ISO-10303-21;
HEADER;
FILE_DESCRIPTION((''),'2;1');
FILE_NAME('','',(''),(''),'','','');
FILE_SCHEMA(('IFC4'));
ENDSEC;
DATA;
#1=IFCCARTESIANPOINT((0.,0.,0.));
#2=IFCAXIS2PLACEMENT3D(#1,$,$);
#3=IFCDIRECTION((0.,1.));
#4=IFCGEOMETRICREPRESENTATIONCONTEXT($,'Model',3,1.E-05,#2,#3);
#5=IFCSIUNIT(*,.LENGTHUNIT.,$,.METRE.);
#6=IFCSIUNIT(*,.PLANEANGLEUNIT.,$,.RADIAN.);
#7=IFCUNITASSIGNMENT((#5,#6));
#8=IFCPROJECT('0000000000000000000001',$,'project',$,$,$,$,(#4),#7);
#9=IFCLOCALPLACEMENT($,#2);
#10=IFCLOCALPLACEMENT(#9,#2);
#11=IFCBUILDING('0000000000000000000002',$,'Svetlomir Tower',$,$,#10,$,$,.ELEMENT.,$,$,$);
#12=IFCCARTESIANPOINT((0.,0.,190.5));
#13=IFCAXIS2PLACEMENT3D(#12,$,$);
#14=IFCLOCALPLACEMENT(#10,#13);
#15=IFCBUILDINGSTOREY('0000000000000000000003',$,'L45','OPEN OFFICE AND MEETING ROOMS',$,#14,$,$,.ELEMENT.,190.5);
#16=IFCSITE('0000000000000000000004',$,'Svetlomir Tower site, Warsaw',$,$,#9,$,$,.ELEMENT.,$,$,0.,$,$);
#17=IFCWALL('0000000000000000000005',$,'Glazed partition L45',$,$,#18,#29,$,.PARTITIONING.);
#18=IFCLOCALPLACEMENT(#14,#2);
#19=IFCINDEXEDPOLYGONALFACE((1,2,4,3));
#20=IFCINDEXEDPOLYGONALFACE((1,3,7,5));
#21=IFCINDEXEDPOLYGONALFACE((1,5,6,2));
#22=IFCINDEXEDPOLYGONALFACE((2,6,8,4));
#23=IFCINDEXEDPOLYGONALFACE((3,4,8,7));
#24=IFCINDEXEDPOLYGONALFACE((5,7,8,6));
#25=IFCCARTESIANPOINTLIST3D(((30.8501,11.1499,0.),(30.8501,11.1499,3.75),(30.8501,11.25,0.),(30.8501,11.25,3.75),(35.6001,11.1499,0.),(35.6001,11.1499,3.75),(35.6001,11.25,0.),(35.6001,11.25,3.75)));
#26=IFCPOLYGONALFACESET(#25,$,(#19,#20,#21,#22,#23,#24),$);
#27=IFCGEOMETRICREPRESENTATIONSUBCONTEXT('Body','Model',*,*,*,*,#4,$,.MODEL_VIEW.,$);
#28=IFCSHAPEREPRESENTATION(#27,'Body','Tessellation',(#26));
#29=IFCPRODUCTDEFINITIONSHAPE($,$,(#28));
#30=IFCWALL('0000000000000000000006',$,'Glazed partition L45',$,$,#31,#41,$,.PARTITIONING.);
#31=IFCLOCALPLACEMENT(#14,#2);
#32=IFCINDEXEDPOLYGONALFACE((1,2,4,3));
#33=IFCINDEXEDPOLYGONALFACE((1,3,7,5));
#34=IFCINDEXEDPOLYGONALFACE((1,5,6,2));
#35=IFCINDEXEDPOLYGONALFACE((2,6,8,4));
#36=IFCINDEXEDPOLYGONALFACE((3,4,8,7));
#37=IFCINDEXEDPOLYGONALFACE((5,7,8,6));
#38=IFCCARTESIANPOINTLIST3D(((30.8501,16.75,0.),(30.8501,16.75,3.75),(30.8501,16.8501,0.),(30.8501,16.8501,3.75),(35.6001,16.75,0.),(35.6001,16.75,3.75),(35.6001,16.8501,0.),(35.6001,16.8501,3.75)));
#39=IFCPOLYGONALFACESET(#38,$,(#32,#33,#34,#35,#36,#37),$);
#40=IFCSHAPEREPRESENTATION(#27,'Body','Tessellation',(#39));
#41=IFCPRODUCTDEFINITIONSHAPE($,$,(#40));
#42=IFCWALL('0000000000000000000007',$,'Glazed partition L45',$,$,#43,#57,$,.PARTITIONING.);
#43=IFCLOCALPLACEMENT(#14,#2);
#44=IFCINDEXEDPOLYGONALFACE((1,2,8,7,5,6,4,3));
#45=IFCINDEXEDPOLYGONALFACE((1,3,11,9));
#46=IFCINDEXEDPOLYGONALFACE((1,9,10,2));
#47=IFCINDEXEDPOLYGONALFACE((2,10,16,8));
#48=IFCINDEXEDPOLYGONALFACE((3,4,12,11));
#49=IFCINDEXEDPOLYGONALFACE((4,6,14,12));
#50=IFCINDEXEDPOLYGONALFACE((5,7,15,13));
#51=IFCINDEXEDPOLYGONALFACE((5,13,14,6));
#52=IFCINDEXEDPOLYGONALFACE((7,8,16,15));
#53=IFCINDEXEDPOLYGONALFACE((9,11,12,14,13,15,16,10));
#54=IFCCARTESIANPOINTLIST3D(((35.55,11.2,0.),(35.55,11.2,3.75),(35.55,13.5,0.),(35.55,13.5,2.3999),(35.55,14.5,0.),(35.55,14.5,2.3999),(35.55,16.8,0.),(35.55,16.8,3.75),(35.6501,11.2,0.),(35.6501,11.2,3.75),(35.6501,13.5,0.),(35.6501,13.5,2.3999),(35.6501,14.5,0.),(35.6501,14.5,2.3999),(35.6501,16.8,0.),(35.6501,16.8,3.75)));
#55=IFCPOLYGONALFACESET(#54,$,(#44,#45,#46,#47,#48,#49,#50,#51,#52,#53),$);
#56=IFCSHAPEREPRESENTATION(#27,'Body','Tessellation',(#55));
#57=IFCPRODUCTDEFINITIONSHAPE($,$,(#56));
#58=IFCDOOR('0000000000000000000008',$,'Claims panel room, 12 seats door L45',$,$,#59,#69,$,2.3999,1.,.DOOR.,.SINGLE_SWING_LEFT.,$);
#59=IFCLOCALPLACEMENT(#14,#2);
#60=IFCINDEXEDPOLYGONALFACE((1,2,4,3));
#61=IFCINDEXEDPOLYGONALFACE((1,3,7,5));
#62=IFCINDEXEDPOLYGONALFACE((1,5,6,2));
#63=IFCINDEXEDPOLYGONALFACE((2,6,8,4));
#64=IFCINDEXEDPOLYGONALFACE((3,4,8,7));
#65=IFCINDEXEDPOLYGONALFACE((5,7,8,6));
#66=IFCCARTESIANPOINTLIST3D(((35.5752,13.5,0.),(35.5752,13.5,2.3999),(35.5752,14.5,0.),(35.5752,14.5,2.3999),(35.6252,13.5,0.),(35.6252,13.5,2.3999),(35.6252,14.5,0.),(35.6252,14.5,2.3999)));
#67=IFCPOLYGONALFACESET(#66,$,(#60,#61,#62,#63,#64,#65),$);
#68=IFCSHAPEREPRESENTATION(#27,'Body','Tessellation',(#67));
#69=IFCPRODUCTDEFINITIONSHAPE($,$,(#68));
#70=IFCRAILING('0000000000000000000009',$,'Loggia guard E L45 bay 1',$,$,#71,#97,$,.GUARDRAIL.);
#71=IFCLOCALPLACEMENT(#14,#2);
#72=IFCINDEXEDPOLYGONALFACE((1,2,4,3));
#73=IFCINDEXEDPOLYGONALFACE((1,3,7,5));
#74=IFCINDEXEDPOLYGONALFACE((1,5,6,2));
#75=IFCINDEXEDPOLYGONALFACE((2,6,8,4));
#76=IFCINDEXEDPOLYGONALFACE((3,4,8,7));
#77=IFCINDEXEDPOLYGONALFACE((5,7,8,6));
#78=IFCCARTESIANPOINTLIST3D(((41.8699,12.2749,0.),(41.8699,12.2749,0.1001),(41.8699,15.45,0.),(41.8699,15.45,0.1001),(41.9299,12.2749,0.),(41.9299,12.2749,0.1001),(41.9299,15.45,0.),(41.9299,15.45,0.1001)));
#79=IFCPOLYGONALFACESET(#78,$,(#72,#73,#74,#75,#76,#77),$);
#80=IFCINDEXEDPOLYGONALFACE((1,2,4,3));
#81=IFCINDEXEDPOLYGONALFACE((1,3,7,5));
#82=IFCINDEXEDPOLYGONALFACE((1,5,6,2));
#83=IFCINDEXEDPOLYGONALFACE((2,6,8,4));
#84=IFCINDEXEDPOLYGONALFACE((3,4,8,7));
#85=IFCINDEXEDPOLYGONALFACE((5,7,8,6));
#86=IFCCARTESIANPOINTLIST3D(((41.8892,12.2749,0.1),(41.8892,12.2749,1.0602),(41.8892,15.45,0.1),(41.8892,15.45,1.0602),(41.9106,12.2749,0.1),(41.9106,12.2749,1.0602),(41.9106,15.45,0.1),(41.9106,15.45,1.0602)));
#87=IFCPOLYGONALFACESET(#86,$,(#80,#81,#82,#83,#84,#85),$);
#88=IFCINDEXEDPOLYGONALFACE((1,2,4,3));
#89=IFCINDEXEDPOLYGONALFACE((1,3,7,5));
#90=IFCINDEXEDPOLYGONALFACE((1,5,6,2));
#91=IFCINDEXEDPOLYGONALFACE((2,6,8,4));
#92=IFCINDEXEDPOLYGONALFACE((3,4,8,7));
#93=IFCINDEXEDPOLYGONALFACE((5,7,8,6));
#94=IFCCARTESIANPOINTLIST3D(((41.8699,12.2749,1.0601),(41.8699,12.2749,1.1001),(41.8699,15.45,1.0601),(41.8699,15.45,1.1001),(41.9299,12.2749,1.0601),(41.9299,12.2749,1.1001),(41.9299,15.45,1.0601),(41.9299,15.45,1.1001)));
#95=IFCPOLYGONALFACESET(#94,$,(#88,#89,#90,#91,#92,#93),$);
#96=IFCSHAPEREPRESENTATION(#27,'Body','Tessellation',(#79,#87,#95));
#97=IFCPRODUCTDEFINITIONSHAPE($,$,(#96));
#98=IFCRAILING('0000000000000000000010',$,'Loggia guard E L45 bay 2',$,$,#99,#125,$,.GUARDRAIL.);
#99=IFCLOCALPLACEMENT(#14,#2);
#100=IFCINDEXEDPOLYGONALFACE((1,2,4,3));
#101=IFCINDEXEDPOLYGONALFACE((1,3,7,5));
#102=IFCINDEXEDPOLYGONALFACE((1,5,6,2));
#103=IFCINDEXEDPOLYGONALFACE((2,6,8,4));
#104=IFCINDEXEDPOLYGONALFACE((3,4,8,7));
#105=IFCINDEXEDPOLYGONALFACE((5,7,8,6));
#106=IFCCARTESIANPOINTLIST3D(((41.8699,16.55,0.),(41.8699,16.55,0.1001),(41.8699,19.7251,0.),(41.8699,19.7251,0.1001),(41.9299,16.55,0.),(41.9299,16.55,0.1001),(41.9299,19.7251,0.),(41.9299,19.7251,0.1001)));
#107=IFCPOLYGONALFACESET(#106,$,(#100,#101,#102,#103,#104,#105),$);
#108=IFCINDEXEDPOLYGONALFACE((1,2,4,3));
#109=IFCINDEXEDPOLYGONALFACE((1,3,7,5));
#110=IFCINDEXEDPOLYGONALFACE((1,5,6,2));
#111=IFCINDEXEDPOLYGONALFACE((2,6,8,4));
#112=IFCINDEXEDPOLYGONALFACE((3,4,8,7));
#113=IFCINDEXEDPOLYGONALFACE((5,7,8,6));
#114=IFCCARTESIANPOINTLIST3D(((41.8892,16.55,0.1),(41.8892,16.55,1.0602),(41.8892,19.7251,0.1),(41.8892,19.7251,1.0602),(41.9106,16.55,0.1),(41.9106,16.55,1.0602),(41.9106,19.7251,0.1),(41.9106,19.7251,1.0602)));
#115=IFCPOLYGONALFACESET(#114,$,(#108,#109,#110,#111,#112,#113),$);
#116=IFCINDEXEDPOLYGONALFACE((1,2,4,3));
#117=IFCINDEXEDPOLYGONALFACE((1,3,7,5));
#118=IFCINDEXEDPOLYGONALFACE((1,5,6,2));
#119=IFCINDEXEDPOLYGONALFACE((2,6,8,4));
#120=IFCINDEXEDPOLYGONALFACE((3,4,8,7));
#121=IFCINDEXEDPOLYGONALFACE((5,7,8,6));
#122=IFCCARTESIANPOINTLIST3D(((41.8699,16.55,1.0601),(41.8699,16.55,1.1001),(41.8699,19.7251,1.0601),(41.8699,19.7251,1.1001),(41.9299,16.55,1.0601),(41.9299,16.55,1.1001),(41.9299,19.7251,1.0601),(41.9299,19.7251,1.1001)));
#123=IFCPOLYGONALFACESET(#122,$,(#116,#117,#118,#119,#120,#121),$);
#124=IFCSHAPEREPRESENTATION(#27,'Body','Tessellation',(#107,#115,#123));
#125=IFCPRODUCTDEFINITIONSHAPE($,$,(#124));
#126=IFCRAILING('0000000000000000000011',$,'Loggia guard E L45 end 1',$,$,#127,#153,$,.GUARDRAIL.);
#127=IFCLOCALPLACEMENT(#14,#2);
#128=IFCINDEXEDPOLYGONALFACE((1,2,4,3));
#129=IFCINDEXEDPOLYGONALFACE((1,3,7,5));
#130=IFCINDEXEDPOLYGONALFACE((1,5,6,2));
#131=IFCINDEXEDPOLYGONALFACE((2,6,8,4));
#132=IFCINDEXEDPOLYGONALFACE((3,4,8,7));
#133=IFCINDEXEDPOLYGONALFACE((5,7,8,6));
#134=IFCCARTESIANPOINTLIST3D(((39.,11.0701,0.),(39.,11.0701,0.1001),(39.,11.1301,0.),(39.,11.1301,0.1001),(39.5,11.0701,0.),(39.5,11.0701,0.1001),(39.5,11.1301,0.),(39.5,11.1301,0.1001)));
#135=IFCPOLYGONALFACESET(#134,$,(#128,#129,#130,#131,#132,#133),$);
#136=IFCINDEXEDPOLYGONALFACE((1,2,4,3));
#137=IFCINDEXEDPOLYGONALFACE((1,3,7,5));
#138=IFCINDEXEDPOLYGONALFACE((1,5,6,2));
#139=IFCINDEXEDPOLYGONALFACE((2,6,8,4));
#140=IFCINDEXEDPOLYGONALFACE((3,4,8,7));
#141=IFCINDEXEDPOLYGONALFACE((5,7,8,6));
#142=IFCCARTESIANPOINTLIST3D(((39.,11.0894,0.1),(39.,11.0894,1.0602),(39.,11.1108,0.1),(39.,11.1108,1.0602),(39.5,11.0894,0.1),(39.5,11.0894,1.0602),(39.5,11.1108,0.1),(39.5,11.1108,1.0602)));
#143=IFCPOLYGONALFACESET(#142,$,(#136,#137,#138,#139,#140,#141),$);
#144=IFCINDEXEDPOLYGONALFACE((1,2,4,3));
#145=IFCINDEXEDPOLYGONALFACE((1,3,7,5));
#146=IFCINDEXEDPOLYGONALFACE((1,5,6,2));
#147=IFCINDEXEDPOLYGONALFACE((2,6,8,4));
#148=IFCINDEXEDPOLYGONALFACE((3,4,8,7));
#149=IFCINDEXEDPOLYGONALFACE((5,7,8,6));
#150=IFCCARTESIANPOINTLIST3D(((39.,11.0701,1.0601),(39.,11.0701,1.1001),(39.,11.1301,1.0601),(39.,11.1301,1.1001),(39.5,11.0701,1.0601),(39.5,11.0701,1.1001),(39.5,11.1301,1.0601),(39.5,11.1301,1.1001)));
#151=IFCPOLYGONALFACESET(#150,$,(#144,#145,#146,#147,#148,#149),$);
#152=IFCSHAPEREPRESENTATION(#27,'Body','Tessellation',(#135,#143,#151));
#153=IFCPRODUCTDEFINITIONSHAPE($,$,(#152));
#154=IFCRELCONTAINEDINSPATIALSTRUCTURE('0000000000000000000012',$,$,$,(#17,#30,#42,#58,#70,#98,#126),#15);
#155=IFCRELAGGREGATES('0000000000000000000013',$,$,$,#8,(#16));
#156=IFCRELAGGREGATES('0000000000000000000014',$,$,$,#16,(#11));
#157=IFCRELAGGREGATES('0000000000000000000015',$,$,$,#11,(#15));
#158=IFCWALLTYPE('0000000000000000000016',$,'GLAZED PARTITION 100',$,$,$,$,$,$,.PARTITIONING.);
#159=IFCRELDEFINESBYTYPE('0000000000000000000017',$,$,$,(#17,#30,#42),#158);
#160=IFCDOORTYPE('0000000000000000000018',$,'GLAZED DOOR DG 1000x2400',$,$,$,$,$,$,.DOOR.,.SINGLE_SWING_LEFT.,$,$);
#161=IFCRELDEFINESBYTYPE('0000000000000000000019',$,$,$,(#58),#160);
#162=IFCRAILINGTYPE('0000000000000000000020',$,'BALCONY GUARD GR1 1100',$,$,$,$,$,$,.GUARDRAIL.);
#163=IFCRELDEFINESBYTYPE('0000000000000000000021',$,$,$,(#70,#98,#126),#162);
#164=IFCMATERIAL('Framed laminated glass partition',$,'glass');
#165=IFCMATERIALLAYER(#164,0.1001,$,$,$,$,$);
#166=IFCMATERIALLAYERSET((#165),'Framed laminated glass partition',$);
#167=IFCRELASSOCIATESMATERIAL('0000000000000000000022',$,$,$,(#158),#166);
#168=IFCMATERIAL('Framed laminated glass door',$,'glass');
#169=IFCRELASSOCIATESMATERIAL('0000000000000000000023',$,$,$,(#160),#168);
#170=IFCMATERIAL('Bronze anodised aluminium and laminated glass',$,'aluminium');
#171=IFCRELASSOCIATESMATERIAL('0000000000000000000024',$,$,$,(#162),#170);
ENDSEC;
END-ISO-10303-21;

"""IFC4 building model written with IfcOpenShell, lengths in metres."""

from ifc_helpers import new_model, si_unit, direction, frame, frame_2d, origin, origin_2d, place, context, subcontext, project, spatial, rectangle, extrude, material, layer, layer_set, type_object, element, fill, save


model = new_model("IFC4")

# Units and contexts
model_context = context("Model", 3, precision=1e-05, world=origin(), true_north=direction((0.0, 1.0)))
body_context = subcontext(model_context, "Body", "Model", "MODEL_VIEW")
ifc_project = project(units=[si_unit("LENGTHUNIT", "METRE"), si_unit("PLANEANGLEUNIT", "RADIAN")], contexts=[model_context])

# Site, building, storey
site_placement = place(None, origin())
site = spatial("IfcSite", under=ifc_project, at=site_placement, Name="Svetlomir Tower site, Warsaw", CompositionType="ELEMENT", RefElevation=0.0)
building_placement = place(site_placement, origin())
building = spatial("IfcBuilding", under=site, at=building_placement, Name="Svetlomir Tower", CompositionType="ELEMENT")
storey_placement = place(building_placement, frame((0.0, 0.0, 190.5)))
storey = spatial("IfcBuildingStorey", under=building, at=storey_placement, Name="L45", Description="OPEN OFFICE AND MEETING ROOMS", CompositionType="ELEMENT", Elevation=190.5)

# Walls
ifc_material_1 = material(Name="Framed laminated glass partition", Category="glass")
ifc_layer_1 = layer(ifc_material_1, 0.1001)
ifc_layer_set_1 = layer_set([ifc_layer_1], Name="Framed laminated glass partition")
wall_type = type_object("IfcWallType", Name="GLAZED PARTITION 100", PredefinedType="PARTITIONING", material=ifc_layer_set_1)
for number, where, z_axis, x_axis, name in (
    (1, (30.8501, 11.2, 0.0), (0.0, 0.0, 1.0), (1.0, 0.0, 0.0), "Glazed partition L45"),
    (2, (30.8501, 16.8, 0.0), (0.0, 0.0, 1.0), (1.0, 0.0, 0.0), "Glazed partition L45"),
):
    element("IfcWall", number, at=place(storey_placement, frame(where, z_axis=z_axis, x_axis=x_axis)), inside=storey, type_object=wall_type, Name=name, PredefinedType="PARTITIONING", context=body_context, shape_type="SweptSolid", body=[
        extrude(rectangle(XDim=4.75, YDim=0.1001, at=frame_2d((2.375, 0.0))), origin(), (0.0, 0.0, 1.0), 3.75),
    ])

# Wall, opening, door
wall_placement = place(storey_placement, frame((35.6001, 11.2, 0.0), z_axis=(0.0, 0.0, 1.0), x_axis=(0.0, 1.0, 0.0)))
wall = element("IfcWall", 3, at=wall_placement, inside=storey, type_object=wall_type, Name="Glazed partition L45", PredefinedType="PARTITIONING", context=body_context, shape_type="SweptSolid", body=[
    extrude(rectangle(XDim=5.6001, YDim=0.1001, at=frame_2d((2.8, 0.0))), origin(), (0.0, 0.0, 1.0), 3.75),
])
opening_placement = place(wall_placement, frame((2.3, 0.0, 0.0)))
opening = element("IfcOpeningElement", 4, at=opening_placement, cuts=wall, PredefinedType="OPENING", context=body_context, shape_type="SweptSolid", body=[
    extrude(rectangle(XDim=1.0, YDim=2.3999, at=frame_2d((0.5, 1.2))), frame((0.0, 0.0601, 0.0), z_axis=(0.0, -1.0, 0.0), x_axis=(1.0, 0.0, 0.0)), (0.0, 0.0, 1.0), 0.1201),
])
ifc_material_2 = material(Name="Framed laminated glass door", Category="glass")
door_type = type_object("IfcDoorType", Name="GLAZED DOOR DG 1000x2400", OperationType="SINGLE_SWING_LEFT", PredefinedType="DOOR", material=ifc_material_2)
door_placement = place(opening_placement, origin())
door = element("IfcDoor", 5, at=door_placement, inside=storey, type_object=door_type, Name="Claims panel room, 12 seats door L45", OperationType="SINGLE_SWING_LEFT", OverallHeight=2.3999, OverallWidth=1.0, PredefinedType="DOOR", context=body_context, shape_type="SweptSolid", body=[
    extrude(rectangle(XDim=1.0, YDim=2.3999, at=frame_2d((0.5, 1.2))), frame((0.0, 0.0249, 0.0), z_axis=(0.0, -1.0, 0.0), x_axis=(1.0, 0.0, 0.0)), (0.0, 0.0, 1.0), 0.05),
])
fill(opening, door)

# Railings
ifc_material_3 = material(Name="Bronze anodised aluminium and laminated glass", Category="aluminium")
railing_type = type_object("IfcRailingType", Name="BALCONY GUARD GR1 1100", PredefinedType="GUARDRAIL", material=ifc_material_3)
for number, where, name in (
    (6, (41.8999, 12.2749, 0.0), "Loggia guard E L45 bay 1"),
    (7, (41.8999, 16.55, 0.0), "Loggia guard E L45 bay 2"),
):
    element("IfcRailing", number, at=place(storey_placement, frame(where)), inside=storey, type_object=railing_type, Name=name, PredefinedType="GUARDRAIL", context=body_context, shape_type="SweptSolid", body=[
        extrude(rectangle(XDim=0.0601, YDim=0.1001, at=origin_2d()), frame((0.0, 0.0, 0.05), z_axis=(0.0, 1.0, 0.0), x_axis=(-1.0, 0.0, 0.0)), (0.0, 0.0, 1.0), 3.175),
        extrude(rectangle(XDim=0.0215, YDim=0.9602, at=origin_2d()), frame((0.0, 0.0, 0.5801), z_axis=(0.0, 1.0, 0.0), x_axis=(-1.0, 0.0, 0.0)), (0.0, 0.0, 1.0), 3.175),
        extrude(rectangle(XDim=0.0601, YDim=0.04, at=origin_2d()), frame((0.0, 0.0, 1.0801), z_axis=(0.0, 1.0, 0.0), x_axis=(-1.0, 0.0, 0.0)), (0.0, 0.0, 1.0), 3.175),
    ])
railing_placement = place(storey_placement, frame((39.5, 11.1001, 0.0)))
element("IfcRailing", 8, at=railing_placement, inside=storey, type_object=railing_type, Name="Loggia guard E L45 end 1", PredefinedType="GUARDRAIL", context=body_context, shape_type="SweptSolid", body=[
    extrude(rectangle(XDim=0.0601, YDim=0.1001, at=origin_2d()), frame((0.0, 0.0, 0.05), z_axis=(-1.0, 0.0, 0.0), x_axis=(0.0, -1.0, 0.0)), (0.0, 0.0, 1.0), 0.5),
    extrude(rectangle(XDim=0.0215, YDim=0.9602, at=origin_2d()), frame((0.0, 0.0, 0.5801), z_axis=(-1.0, 0.0, 0.0), x_axis=(0.0, -1.0, 0.0)), (0.0, 0.0, 1.0), 0.5),
    extrude(rectangle(XDim=0.0601, YDim=0.04, at=origin_2d()), frame((0.0, 0.0, 1.0801), z_axis=(-1.0, 0.0, 0.0), x_axis=(0.0, -1.0, 0.0)), (0.0, 0.0, 1.0), 0.5),
])

save(model, "model.ifc")
